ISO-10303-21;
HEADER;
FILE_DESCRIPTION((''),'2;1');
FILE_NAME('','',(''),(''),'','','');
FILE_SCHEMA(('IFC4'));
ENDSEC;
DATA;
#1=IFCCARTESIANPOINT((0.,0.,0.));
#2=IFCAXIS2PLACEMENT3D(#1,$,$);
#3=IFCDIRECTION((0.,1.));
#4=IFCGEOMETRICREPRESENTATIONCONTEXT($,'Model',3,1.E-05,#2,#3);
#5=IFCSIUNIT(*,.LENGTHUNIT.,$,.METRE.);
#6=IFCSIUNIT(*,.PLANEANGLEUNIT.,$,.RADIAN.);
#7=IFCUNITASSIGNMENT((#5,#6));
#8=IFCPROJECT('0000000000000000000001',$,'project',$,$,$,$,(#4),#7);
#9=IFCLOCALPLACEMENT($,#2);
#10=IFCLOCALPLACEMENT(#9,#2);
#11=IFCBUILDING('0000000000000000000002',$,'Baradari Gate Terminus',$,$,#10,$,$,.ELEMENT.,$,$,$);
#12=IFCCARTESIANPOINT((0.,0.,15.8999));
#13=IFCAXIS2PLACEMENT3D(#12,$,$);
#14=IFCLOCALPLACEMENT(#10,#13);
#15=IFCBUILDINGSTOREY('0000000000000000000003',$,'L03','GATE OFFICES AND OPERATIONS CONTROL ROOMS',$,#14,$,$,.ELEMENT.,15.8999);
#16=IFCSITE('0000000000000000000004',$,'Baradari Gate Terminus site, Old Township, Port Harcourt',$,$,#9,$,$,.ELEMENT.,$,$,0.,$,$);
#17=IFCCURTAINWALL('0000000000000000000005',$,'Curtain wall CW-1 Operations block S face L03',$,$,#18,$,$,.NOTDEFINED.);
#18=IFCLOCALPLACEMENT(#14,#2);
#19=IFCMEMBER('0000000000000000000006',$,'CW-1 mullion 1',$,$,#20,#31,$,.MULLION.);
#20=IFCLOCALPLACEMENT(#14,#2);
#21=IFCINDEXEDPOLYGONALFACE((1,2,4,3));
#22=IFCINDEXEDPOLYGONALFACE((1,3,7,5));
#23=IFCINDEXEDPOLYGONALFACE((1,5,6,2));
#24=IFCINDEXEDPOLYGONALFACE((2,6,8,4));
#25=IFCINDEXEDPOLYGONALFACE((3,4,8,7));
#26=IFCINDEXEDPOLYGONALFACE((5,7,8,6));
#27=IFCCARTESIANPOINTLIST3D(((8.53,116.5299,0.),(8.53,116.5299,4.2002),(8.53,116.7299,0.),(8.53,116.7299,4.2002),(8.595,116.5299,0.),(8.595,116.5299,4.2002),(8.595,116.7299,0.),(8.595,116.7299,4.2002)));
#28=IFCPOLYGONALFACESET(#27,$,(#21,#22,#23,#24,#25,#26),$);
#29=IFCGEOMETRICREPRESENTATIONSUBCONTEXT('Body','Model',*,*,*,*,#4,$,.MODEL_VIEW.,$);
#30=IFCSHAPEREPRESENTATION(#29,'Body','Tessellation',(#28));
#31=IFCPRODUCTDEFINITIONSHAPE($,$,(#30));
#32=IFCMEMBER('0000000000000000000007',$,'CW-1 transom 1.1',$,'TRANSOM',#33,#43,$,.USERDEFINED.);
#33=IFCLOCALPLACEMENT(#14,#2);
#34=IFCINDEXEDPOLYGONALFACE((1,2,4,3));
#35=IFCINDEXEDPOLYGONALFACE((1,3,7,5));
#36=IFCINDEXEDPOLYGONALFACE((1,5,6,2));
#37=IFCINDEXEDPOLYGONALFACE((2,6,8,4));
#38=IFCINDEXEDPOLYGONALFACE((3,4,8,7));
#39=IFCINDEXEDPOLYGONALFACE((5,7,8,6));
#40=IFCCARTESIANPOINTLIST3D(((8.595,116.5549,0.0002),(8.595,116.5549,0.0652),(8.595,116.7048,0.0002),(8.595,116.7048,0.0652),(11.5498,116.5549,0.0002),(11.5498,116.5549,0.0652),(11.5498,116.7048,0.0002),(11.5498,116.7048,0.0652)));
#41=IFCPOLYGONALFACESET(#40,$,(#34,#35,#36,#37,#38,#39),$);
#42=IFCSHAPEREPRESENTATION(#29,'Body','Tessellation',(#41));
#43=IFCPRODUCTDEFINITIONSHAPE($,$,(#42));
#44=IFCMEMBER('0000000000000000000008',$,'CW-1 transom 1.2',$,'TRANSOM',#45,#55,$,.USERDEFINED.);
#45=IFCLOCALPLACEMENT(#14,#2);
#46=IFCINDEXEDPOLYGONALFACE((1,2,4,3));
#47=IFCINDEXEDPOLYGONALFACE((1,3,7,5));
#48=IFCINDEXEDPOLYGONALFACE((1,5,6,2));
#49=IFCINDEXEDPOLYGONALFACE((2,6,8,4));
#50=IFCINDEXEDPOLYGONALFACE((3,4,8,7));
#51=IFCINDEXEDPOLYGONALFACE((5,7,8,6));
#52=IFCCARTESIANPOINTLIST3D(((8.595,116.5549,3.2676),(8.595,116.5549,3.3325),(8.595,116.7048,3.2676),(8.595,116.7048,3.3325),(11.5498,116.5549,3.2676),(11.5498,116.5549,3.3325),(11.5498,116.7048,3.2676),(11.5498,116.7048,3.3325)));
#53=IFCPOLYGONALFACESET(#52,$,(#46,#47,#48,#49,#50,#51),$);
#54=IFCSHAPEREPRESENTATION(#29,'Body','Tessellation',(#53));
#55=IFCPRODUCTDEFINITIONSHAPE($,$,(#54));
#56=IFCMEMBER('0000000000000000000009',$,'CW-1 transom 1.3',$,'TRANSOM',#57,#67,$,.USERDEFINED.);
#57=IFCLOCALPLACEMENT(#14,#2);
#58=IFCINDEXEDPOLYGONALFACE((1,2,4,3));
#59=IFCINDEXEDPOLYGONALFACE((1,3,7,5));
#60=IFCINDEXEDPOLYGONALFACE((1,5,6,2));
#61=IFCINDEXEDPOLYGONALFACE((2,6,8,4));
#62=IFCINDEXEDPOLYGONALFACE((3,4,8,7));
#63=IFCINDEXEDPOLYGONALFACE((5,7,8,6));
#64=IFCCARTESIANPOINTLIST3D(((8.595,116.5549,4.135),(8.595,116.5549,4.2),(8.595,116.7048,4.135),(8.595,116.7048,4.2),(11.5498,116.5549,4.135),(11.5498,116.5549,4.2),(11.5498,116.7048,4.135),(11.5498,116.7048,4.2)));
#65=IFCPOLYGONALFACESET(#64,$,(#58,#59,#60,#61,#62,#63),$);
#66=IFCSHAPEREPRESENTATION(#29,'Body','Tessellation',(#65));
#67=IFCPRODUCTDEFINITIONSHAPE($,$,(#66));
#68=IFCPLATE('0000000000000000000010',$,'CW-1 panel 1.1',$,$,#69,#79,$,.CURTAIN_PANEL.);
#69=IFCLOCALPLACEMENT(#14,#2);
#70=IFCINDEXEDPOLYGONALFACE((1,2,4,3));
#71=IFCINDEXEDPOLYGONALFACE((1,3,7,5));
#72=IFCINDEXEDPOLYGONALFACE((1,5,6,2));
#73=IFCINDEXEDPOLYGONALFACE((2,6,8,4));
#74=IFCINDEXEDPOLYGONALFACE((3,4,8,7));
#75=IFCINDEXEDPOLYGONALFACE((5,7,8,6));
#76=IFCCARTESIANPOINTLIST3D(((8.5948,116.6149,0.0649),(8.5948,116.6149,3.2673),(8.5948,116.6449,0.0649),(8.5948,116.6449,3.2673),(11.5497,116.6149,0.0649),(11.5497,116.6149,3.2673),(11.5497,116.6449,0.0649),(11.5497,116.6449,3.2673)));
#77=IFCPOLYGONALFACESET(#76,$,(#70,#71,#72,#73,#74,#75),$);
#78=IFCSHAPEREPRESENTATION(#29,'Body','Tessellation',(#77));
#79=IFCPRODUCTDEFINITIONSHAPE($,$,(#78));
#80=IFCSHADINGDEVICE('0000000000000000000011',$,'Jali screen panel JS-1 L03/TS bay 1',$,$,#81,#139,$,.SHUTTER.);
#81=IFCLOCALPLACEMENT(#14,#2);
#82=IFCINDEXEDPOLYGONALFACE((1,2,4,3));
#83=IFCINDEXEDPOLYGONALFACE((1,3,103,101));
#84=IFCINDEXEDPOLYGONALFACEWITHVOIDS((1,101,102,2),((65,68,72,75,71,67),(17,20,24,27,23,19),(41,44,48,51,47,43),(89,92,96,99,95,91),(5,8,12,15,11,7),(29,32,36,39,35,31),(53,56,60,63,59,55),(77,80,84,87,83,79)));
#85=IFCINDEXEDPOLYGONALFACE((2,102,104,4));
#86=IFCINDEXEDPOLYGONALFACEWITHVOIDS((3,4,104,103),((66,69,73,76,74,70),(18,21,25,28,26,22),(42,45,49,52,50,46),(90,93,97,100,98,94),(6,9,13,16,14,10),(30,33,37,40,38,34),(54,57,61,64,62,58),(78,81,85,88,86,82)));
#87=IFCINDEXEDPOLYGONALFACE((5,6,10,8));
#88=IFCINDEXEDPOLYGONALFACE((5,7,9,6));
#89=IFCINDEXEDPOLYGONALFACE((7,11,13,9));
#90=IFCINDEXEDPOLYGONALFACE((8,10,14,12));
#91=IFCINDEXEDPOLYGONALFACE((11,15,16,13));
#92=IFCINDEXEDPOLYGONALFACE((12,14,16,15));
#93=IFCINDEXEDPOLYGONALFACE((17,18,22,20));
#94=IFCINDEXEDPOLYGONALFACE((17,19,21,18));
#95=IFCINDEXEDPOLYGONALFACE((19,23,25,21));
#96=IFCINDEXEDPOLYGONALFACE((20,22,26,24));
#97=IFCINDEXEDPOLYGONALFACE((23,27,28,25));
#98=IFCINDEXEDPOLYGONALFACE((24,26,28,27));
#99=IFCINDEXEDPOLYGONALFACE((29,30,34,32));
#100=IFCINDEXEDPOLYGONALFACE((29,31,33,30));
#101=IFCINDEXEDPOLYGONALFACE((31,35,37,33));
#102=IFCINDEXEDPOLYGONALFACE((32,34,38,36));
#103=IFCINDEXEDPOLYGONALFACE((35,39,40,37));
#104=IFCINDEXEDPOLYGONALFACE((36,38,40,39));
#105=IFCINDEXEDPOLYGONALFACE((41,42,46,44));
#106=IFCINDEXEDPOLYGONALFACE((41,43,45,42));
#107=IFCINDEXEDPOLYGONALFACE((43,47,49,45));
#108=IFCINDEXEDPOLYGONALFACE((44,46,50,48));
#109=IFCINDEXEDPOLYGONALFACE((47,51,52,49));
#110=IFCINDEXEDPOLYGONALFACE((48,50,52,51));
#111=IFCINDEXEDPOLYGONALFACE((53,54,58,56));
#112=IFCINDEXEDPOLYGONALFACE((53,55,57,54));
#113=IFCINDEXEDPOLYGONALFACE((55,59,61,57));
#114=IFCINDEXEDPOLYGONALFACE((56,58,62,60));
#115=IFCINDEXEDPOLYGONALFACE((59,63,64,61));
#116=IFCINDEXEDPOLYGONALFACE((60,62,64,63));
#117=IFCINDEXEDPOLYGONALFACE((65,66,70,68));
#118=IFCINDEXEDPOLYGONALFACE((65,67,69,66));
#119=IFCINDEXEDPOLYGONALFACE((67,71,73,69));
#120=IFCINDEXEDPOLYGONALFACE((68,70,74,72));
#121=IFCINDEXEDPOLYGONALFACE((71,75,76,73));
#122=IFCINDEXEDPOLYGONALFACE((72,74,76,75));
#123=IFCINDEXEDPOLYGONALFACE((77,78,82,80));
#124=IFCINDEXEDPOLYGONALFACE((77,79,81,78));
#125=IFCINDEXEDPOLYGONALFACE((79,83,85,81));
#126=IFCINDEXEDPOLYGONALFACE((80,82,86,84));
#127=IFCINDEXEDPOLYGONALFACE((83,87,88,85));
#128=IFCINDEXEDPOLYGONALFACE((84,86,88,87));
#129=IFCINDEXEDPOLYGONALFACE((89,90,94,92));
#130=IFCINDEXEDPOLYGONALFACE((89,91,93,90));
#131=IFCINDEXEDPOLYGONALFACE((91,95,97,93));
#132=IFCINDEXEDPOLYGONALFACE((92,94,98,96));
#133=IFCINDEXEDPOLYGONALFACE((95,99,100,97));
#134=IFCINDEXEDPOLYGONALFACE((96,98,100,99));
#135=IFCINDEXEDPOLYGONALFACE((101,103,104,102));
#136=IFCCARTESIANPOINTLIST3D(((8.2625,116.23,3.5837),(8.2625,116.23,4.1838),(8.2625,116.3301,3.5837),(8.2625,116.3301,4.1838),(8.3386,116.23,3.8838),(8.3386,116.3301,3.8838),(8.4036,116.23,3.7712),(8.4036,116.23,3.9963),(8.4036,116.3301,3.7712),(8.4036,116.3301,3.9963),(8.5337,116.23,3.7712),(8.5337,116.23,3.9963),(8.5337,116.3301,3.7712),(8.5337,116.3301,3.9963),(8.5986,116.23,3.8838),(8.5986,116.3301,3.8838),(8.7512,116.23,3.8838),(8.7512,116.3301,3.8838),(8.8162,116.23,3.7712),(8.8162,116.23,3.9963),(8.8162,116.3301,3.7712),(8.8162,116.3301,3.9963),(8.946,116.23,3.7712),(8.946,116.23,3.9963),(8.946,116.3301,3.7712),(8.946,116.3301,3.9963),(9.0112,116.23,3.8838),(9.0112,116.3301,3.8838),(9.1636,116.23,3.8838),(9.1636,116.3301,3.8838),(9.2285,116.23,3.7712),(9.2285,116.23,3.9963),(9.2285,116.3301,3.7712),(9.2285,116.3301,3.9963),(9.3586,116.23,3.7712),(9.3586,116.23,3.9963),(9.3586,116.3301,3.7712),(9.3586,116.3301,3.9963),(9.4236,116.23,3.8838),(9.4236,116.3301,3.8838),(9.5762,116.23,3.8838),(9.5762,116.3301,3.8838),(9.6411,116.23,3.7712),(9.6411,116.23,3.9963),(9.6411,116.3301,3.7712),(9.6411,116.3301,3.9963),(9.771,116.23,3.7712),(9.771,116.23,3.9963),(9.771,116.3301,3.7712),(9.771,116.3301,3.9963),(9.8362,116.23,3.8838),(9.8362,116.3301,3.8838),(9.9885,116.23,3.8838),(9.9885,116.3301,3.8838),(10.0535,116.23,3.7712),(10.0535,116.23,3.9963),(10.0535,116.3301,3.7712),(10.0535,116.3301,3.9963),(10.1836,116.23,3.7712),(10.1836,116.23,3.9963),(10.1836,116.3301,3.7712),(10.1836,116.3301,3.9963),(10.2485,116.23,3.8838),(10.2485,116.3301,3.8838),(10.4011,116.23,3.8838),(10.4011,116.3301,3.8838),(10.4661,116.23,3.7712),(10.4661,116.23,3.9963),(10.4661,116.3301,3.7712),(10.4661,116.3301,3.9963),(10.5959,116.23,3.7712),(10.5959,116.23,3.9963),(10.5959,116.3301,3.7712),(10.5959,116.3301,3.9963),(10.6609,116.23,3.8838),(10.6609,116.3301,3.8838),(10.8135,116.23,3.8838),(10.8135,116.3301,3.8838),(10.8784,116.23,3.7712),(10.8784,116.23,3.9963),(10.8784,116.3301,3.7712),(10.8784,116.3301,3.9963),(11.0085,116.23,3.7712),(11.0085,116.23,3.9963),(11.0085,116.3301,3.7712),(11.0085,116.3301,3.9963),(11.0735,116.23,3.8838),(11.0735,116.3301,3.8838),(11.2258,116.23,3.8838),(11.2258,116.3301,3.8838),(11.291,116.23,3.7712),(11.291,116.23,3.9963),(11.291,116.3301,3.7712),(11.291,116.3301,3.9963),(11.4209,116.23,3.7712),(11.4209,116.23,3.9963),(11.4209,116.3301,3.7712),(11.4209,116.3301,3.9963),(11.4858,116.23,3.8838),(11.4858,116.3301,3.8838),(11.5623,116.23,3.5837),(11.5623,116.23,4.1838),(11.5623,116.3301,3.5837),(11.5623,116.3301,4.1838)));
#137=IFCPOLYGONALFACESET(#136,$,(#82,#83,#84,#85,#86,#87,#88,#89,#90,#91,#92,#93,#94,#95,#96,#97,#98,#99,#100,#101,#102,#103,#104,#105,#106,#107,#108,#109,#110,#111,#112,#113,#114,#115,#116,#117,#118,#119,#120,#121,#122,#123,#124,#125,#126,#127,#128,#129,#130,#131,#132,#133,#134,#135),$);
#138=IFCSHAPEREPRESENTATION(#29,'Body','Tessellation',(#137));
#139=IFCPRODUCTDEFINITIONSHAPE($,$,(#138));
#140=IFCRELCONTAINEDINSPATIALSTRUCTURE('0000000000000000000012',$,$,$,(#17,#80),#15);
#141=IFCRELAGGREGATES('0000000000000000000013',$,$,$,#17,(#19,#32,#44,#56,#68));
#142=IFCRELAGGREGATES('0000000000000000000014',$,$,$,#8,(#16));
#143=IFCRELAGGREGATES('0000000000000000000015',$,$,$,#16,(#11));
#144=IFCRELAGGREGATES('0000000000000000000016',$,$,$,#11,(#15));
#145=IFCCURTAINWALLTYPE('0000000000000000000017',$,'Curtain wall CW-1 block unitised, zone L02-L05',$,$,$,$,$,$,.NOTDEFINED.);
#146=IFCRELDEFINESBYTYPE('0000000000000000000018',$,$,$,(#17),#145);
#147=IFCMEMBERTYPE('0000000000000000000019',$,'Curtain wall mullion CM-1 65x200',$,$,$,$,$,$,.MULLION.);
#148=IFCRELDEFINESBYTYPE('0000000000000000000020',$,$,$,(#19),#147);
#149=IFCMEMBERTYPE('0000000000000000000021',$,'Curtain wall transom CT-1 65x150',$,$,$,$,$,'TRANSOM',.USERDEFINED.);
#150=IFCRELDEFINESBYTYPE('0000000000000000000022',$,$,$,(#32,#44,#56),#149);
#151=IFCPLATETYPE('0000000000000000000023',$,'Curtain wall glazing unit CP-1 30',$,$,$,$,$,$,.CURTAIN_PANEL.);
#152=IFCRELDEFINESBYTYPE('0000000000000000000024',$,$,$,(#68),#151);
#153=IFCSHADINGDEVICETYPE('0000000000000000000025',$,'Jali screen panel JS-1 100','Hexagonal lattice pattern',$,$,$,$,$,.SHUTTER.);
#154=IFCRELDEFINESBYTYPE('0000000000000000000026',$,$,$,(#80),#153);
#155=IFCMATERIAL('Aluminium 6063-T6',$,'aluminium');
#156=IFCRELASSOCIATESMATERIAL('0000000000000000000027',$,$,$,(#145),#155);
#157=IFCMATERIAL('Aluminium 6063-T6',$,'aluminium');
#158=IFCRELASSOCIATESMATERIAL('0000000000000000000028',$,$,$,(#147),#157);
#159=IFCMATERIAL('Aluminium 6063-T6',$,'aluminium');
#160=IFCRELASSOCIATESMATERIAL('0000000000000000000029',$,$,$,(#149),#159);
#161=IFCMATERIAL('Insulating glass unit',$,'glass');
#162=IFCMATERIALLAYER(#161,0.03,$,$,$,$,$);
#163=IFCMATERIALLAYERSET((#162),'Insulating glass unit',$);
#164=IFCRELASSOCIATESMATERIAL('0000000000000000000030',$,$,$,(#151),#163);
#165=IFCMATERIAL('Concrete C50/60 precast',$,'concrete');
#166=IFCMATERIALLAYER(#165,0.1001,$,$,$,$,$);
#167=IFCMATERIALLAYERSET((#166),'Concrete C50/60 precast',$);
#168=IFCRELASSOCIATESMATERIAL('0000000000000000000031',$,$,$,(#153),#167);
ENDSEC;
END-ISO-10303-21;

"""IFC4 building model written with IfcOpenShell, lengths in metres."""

from ifc_helpers import new_model, si_unit, direction, frame, origin, origin_2d, place, context, subcontext, project, spatial, polyline, rectangle, outline, extrude, material, layer, layer_set, material_profile, profile_set, type_object, element, aggregate, save


model = new_model("IFC4")

# Units and contexts
model_context = context("Model", 3, precision=1e-05, world=origin(), true_north=direction((0.0, 1.0)))
body_context = subcontext(model_context, "Body", "Model", "MODEL_VIEW")
ifc_project = project(units=[si_unit("LENGTHUNIT", "METRE"), si_unit("PLANEANGLEUNIT", "RADIAN")], contexts=[model_context])

# Site, building, storey
site_placement = place(None, origin())
site = spatial("IfcSite", under=ifc_project, at=site_placement, Name="Baradari Gate Terminus site, Old Township, Port Harcourt", CompositionType="ELEMENT", RefElevation=0.0)
building_placement = place(site_placement, origin())
building = spatial("IfcBuilding", under=site, at=building_placement, Name="Baradari Gate Terminus", CompositionType="ELEMENT")
storey_placement = place(building_placement, frame((0.0, 0.0, 15.8999)))
storey = spatial("IfcBuildingStorey", under=building, at=storey_placement, Name="L03", Description="GATE OFFICES AND OPERATIONS CONTROL ROOMS", CompositionType="ELEMENT", Elevation=15.8999)

# Curtain wall, members, plate
ifc_material_1 = material(Name="Aluminium 6063-T6", Category="aluminium")
curtain_wall_type = type_object("IfcCurtainWallType", Name="Curtain wall CW-1 block unitised, zone L02-L05", PredefinedType="NOTDEFINED", material=ifc_material_1)
curtain_wall_placement = place(storey_placement, origin())
curtain_wall = element("IfcCurtainWall", 1, at=curtain_wall_placement, inside=storey, type_object=curtain_wall_type, Name="Curtain wall CW-1 Operations block S face L03", PredefinedType="NOTDEFINED")
ifc_material_2 = material(Name="Aluminium 6063-T6", Category="aluminium")
ifc_material_profile_1 = material_profile(ifc_material_2, rectangle(XDim=0.2, YDim=0.0649, at=origin_2d()), Name="CM-1 65X200")
ifc_profile_set_1 = profile_set([ifc_material_profile_1], Name="Aluminium 6063-T6")
member_type_1 = type_object("IfcMemberType", Name="Curtain wall mullion CM-1 65x200", PredefinedType="MULLION", material=ifc_profile_set_1)
member_1_placement = place(storey_placement, frame((8.5625, 116.6299, 0.0), z_axis=(0.0, 0.0, 1.0), x_axis=(0.0, 1.0, 0.0)))
member_1 = element("IfcMember", 2, at=member_1_placement, type_object=member_type_1, Name="CW-1 mullion 1", PredefinedType="MULLION", context=body_context, shape_type="SweptSolid", body=[
    extrude(rectangle(XDim=0.2, YDim=0.0649, at=origin_2d()), origin(), (0.0, 0.0, 1.0), 4.2002),
])
ifc_material_3 = material(Name="Aluminium 6063-T6", Category="aluminium")
ifc_material_profile_2 = material_profile(ifc_material_3, rectangle(XDim=0.1499, YDim=0.0649, at=origin_2d()), Name="CT-1 65X150")
ifc_profile_set_2 = profile_set([ifc_material_profile_2], Name="Aluminium 6063-T6")
member_type_2 = type_object("IfcMemberType", Name="Curtain wall transom CT-1 65x150", ElementType="TRANSOM", PredefinedType="USERDEFINED", material=ifc_profile_set_2)
member_2_placement = place(storey_placement, frame((8.595, 116.6299, 0.0327), z_axis=(1.0, 0.0, 0.0), x_axis=(0.0, 1.0, 0.0)))
member_2 = element("IfcMember", 3, at=member_2_placement, type_object=member_type_2, Name="CW-1 transom 1.1", ObjectType="TRANSOM", PredefinedType="USERDEFINED", context=body_context, shape_type="SweptSolid", body=[
    extrude(rectangle(XDim=0.1499, YDim=0.0649, at=origin_2d()), origin(), (0.0, 0.0, 1.0), 2.9548),
])
member_3_placement = place(storey_placement, frame((8.595, 116.6299, 3.3), z_axis=(1.0, 0.0, 0.0), x_axis=(0.0, 1.0, 0.0)))
member_3 = element("IfcMember", 4, at=member_3_placement, type_object=member_type_2, Name="CW-1 transom 1.2", ObjectType="TRANSOM", PredefinedType="USERDEFINED", context=body_context, shape_type="SweptSolid", body=[
    extrude(rectangle(XDim=0.1499, YDim=0.0649, at=origin_2d()), origin(), (0.0, 0.0, 1.0), 2.9548),
])
member_4_placement = place(storey_placement, frame((8.595, 116.6299, 4.1675), z_axis=(1.0, 0.0, 0.0), x_axis=(0.0, 1.0, 0.0)))
member_4 = element("IfcMember", 5, at=member_4_placement, type_object=member_type_2, Name="CW-1 transom 1.3", ObjectType="TRANSOM", PredefinedType="USERDEFINED", context=body_context, shape_type="SweptSolid", body=[
    extrude(rectangle(XDim=0.1499, YDim=0.0649, at=origin_2d()), origin(), (0.0, 0.0, 1.0), 2.9548),
])
ifc_material_4 = material(Name="Insulating glass unit", Category="glass")
ifc_layer_1 = layer(ifc_material_4, 0.03)
ifc_layer_set_1 = layer_set([ifc_layer_1], Name="Insulating glass unit")
plate_type = type_object("IfcPlateType", Name="Curtain wall glazing unit CP-1 30", PredefinedType="CURTAIN_PANEL", material=ifc_layer_set_1)
plate_placement = place(storey_placement, frame((10.0723, 116.6299, 0.0649), z_axis=(0.0, 0.0, 1.0), x_axis=(1.0, 0.0, 0.0)))
plate = element("IfcPlate", 6, at=plate_placement, type_object=plate_type, Name="CW-1 panel 1.1", PredefinedType="CURTAIN_PANEL", context=body_context, shape_type="SweptSolid", body=[
    extrude(rectangle(XDim=2.9548, YDim=0.03, at=origin_2d()), origin(), (0.0, 0.0, 1.0), 3.2024),
])
aggregate(curtain_wall, [member_1, member_2, member_3, member_4, plate])

# Shading device
ifc_material_5 = material(Name="Concrete C50/60 precast", Category="concrete")
ifc_layer_2 = layer(ifc_material_5, 0.1001)
ifc_layer_set_2 = layer_set([ifc_layer_2], Name="Concrete C50/60 precast")
shading_device_type = type_object("IfcShadingDeviceType", Name="Jali screen panel JS-1 100", Description="Hexagonal lattice pattern", PredefinedType="SHUTTER", material=ifc_layer_set_2)
shading_device_1_placement = place(storey_placement, frame((8.2625, 116.28, 3.5837), z_axis=(0.0, 0.0, 1.0), x_axis=(1.0, 0.0, 0.0)))
element("IfcShadingDevice", 7, at=shading_device_1_placement, inside=storey, type_object=shading_device_type, Name="Jali screen panel JS-1 L03/TS bay 1", PredefinedType="SHUTTER", context=body_context, shape_type="SweptSolid", body=[
    extrude(outline(polyline([(0.0, 0.0), (3.2998, 0.0), (3.2998, 0.6001), (0.0, 0.6001), (0.0, 0.0)]), holes=[polyline([(0.3362, 0.3), (0.2712, 0.1875), (0.1411, 0.1875), (0.0762, 0.3), (0.1411, 0.4126), (0.2712, 0.4126), (0.3362, 0.3)]), polyline([(0.7488, 0.3), (0.6836, 0.1875), (0.5537, 0.1875), (0.4888, 0.3), (0.5537, 0.4126), (0.6836, 0.4126), (0.7488, 0.3)]), polyline([(1.1611, 0.3), (1.0962, 0.1875), (0.9661, 0.1875), (0.9011, 0.3), (0.9661, 0.4126), (1.0962, 0.4126), (1.1611, 0.3)]), polyline([(1.5737, 0.3), (1.5085, 0.1875), (1.3787, 0.1875), (1.3137, 0.3), (1.3787, 0.4126), (1.5085, 0.4126), (1.5737, 0.3)]), polyline([(1.9861, 0.3), (1.9211, 0.1875), (1.791, 0.1875), (1.7261, 0.3), (1.791, 0.4126), (1.9211, 0.4126), (1.9861, 0.3)]), polyline([(2.3984, 0.3), (2.3335, 0.1875), (2.2036, 0.1875), (2.1387, 0.3), (2.2036, 0.4126), (2.3335, 0.4126), (2.3984, 0.3)]), polyline([(2.811, 0.3), (2.7461, 0.1875), (2.616, 0.1875), (2.551, 0.3), (2.616, 0.4126), (2.7461, 0.4126), (2.811, 0.3)]), polyline([(3.2234, 0.3), (3.1584, 0.1875), (3.0286, 0.1875), (2.9634, 0.3), (3.0286, 0.4126), (3.1584, 0.4126), (3.2234, 0.3)])]), frame((0.0, 0.05, 0.0), z_axis=(0.0, -1.0, 0.0), x_axis=(1.0, 0.0, 0.0)), (0.0, 0.0, 1.0), 0.1001),
])

save(model, "model.ifc")
